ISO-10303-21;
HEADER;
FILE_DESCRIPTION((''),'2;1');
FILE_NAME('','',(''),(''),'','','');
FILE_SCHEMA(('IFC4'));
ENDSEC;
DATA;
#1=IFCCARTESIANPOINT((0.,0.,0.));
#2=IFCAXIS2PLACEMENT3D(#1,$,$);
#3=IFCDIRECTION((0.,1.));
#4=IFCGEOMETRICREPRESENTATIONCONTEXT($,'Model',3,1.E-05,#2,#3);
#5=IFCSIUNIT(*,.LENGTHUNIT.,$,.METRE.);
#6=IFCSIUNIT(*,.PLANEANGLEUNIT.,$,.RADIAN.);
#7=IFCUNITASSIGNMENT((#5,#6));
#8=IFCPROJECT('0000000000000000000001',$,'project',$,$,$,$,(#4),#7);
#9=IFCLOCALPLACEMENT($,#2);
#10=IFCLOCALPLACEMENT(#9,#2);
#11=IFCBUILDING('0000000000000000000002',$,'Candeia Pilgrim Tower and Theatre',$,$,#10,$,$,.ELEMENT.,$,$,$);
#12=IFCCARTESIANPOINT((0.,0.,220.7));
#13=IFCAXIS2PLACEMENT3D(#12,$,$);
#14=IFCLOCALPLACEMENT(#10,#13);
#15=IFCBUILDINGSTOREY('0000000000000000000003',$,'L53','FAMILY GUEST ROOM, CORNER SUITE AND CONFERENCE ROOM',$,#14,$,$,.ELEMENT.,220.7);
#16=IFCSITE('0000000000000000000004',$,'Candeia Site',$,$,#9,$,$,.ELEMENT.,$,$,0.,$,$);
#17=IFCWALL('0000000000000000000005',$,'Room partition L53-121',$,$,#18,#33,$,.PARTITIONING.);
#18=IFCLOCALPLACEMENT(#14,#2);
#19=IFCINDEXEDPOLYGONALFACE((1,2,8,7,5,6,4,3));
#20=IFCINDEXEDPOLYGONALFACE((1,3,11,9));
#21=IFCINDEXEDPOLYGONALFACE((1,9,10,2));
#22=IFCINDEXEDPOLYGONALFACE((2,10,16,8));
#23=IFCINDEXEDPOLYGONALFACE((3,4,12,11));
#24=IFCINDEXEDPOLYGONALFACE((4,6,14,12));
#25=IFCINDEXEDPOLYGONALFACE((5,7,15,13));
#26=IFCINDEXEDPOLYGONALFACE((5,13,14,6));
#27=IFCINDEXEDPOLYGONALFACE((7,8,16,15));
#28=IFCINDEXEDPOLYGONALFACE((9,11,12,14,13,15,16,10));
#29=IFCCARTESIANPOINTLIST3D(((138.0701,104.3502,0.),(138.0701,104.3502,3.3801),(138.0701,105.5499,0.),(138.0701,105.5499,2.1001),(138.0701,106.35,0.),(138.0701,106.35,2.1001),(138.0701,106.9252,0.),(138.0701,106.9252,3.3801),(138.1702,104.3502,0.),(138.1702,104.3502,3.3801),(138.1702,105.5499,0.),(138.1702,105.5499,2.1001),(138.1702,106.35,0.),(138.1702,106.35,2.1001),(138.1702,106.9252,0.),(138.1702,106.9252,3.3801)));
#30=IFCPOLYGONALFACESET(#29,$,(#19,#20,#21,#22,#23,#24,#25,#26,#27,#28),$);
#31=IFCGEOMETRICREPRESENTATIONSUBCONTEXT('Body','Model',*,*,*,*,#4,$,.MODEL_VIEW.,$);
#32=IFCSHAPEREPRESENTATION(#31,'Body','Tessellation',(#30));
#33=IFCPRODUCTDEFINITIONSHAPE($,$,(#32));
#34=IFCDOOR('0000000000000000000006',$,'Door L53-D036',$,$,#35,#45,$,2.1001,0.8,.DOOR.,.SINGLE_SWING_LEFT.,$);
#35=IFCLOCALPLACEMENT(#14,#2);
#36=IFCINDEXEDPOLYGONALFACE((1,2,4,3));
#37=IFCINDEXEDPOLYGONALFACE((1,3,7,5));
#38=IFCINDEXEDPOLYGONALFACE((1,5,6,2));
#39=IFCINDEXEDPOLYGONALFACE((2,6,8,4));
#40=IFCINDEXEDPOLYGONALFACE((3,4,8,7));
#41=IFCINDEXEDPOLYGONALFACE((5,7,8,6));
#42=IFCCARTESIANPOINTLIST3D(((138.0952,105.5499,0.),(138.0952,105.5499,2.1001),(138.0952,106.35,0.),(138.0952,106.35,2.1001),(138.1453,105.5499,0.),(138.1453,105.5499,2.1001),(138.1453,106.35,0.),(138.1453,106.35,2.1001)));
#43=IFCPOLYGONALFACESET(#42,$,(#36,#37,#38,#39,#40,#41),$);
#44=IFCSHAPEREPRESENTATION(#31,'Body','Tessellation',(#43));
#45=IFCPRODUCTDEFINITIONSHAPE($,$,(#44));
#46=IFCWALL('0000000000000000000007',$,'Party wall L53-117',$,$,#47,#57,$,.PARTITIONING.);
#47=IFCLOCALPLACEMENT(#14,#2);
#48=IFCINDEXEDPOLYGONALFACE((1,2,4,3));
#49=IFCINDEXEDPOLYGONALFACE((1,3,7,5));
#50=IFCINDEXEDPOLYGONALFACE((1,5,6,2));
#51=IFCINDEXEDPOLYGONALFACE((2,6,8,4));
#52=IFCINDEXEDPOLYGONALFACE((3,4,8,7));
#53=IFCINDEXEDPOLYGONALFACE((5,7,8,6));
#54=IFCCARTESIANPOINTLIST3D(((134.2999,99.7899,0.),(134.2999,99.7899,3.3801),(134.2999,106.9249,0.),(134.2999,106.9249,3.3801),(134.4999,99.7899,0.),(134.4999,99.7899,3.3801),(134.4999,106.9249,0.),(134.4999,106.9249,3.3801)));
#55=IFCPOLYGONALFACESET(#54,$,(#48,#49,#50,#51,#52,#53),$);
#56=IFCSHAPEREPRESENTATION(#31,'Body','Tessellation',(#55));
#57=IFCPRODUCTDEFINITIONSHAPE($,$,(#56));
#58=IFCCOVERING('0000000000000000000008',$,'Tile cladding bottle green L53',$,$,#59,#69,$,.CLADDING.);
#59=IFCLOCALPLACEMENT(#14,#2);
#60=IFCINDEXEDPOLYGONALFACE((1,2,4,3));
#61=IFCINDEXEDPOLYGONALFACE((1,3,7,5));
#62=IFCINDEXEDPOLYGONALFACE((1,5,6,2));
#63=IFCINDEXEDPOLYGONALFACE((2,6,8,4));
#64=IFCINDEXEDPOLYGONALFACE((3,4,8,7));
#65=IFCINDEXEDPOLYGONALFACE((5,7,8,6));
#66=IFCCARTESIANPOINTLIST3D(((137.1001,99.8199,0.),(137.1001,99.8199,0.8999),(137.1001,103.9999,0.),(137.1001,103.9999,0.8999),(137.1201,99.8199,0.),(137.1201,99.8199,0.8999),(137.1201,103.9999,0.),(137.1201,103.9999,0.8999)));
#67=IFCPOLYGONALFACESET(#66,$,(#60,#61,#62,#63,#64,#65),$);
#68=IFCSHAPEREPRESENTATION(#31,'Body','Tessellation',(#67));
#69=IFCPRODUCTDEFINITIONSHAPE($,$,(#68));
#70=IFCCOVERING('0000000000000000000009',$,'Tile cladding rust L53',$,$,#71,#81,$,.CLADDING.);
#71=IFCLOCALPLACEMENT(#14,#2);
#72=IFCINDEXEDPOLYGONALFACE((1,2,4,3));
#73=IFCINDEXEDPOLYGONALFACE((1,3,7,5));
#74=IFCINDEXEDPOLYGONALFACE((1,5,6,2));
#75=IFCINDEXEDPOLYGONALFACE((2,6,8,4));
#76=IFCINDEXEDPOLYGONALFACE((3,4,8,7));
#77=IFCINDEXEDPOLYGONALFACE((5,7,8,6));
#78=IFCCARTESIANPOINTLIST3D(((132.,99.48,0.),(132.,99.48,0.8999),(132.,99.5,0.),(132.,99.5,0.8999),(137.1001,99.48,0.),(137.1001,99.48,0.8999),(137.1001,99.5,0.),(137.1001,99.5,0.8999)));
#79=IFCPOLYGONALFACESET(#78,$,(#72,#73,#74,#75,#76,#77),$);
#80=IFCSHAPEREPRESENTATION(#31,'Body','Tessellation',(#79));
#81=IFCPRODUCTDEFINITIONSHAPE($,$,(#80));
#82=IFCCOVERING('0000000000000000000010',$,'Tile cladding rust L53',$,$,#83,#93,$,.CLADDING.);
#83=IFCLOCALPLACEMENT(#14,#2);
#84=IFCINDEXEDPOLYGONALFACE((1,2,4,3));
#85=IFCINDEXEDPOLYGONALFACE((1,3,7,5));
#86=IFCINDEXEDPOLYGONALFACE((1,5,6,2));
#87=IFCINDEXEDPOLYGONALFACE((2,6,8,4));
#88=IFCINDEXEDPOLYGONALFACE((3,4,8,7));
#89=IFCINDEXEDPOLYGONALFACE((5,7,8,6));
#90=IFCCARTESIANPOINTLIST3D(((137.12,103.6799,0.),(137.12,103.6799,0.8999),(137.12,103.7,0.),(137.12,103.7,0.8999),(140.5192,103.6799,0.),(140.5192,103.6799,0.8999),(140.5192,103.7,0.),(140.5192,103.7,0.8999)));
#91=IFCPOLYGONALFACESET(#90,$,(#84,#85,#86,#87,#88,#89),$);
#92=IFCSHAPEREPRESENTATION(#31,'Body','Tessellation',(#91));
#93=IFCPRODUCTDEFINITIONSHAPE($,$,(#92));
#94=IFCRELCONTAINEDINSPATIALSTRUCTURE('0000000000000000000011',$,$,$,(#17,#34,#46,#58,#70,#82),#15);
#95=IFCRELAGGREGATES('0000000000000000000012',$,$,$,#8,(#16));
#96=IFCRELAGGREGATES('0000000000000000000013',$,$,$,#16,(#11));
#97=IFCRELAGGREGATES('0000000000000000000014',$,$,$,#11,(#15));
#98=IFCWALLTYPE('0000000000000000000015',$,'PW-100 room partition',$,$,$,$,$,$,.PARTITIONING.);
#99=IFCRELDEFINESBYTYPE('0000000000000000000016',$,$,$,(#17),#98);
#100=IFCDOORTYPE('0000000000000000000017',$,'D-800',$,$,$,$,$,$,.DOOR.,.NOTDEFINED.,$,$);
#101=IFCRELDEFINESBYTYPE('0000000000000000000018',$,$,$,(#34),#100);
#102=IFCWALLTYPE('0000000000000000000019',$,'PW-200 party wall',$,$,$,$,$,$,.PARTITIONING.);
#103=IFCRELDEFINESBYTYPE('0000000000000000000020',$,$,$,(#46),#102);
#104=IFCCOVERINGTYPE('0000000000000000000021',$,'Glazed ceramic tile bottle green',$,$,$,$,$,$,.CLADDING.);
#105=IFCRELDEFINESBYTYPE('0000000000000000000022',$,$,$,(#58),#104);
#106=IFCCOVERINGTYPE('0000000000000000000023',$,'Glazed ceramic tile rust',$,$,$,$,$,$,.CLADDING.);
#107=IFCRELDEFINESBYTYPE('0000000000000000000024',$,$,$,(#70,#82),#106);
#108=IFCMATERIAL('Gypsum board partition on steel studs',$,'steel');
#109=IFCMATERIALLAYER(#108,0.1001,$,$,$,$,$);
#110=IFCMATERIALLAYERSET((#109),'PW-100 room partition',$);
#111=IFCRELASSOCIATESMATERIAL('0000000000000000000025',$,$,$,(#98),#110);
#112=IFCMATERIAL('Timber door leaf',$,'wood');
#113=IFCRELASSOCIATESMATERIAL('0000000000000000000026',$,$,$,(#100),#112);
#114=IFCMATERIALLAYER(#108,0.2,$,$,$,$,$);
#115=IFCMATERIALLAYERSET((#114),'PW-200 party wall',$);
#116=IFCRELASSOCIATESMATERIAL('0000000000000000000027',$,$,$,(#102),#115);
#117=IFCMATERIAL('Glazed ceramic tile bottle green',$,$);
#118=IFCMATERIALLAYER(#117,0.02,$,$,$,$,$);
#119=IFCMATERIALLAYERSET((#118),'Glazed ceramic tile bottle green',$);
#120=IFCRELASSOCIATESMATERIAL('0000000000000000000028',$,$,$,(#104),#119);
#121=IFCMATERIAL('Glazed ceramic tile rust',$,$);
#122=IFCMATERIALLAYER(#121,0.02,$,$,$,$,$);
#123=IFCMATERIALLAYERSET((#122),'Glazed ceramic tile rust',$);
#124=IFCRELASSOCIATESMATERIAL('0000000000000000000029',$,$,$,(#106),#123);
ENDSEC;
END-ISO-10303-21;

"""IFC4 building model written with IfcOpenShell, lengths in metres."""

from ifc_helpers import new_model, si_unit, direction, frame, frame_2d, origin, origin_2d, place, context, subcontext, project, spatial, rectangle, extrude, material, layer, layer_set, type_object, element, fill, save


model = new_model("IFC4")

# Units and contexts
model_context = context("Model", 3, precision=1e-05, world=origin(), true_north=direction((0.0, 1.0)))
body_context = subcontext(model_context, "Body", "Model", "MODEL_VIEW")
ifc_project = project(units=[si_unit("LENGTHUNIT", "METRE"), si_unit("PLANEANGLEUNIT", "RADIAN")], contexts=[model_context])

# Site, building, storey
site_placement = place(None, origin())
site = spatial("IfcSite", under=ifc_project, at=site_placement, Name="Candeia Site", CompositionType="ELEMENT", RefElevation=0.0)
building_placement = place(site_placement, origin())
building = spatial("IfcBuilding", under=site, at=building_placement, Name="Candeia Pilgrim Tower and Theatre", CompositionType="ELEMENT")
storey_placement = place(building_placement, frame((0.0, 0.0, 220.7)))
storey = spatial("IfcBuildingStorey", under=building, at=storey_placement, Name="L53", Description="FAMILY GUEST ROOM, CORNER SUITE AND CONFERENCE ROOM", CompositionType="ELEMENT", Elevation=220.7)

# Shared definitions
ifc_material_1 = material(Name="Gypsum board partition on steel studs", Category="steel")
ifc_layer_1 = layer(ifc_material_1, 0.1001)
ifc_layer_set_1 = layer_set([ifc_layer_1], Name="PW-100 room partition")
wall_type_1 = type_object("IfcWallType", Name="PW-100 room partition", PredefinedType="PARTITIONING", material=ifc_layer_set_1)

# Wall, opening, door
wall_1_placement = place(storey_placement, frame((138.1201, 104.3501, 0.0), z_axis=(0.0, 0.0, 1.0), x_axis=(0.0, 1.0, 0.0)))
wall_1 = element("IfcWall", 1, at=wall_1_placement, inside=storey, type_object=wall_type_1, Name="Room partition L53-121", PredefinedType="PARTITIONING", context=body_context, shape_type="SweptSolid", body=[
    extrude(rectangle(XDim=2.575, YDim=0.1001, at=frame_2d((1.2876, 0.0))), origin(), (0.0, 0.0, 1.0), 3.3801),
])
opening_1_placement = place(wall_1_placement, frame((1.2, 0.0, 0.0)))
opening_1 = element("IfcOpeningElement", 2, at=opening_1_placement, cuts=wall_1, PredefinedType="OPENING", context=body_context, shape_type="SweptSolid", body=[
    extrude(rectangle(XDim=0.8, YDim=2.1001, at=frame_2d((0.3999, 1.05))), frame((0.0, 0.0601, 0.0), z_axis=(0.0, -1.0, 0.0), x_axis=(1.0, 0.0, 0.0)), (0.0, 0.0, 1.0), 0.1201),
])
ifc_material_2 = material(Name="Timber door leaf", Category="wood")
door_type_1 = type_object("IfcDoorType", Name="D-800", OperationType="NOTDEFINED", PredefinedType="DOOR", material=ifc_material_2)
door_1_placement = place(opening_1_placement, origin())
door_1 = element("IfcDoor", 3, at=door_1_placement, inside=storey, type_object=door_type_1, Name="Door L53-D036", OperationType="SINGLE_SWING_LEFT", OverallHeight=2.1001, OverallWidth=0.8, PredefinedType="DOOR", context=body_context, shape_type="SweptSolid", body=[
    extrude(rectangle(XDim=0.8, YDim=2.1001, at=frame_2d((0.3999, 1.05))), frame((0.0, 0.0249, 0.0), z_axis=(0.0, -1.0, 0.0), x_axis=(1.0, 0.0, 0.0)), (0.0, 0.0, 1.0), 0.05),
])
fill(opening_1, door_1)

# Wall
ifc_layer_2 = layer(ifc_material_1, 0.2)
ifc_layer_set_2 = layer_set([ifc_layer_2], Name="PW-200 party wall")
wall_type_2 = type_object("IfcWallType", Name="PW-200 party wall", PredefinedType="PARTITIONING", material=ifc_layer_set_2)
wall_2_placement = place(storey_placement, frame((134.3999, 99.79, 0.0), z_axis=(0.0, 0.0, 1.0), x_axis=(0.0, 1.0, 0.0)))
element("IfcWall", 4, at=wall_2_placement, inside=storey, type_object=wall_type_2, Name="Party wall L53-117", PredefinedType="PARTITIONING", context=body_context, shape_type="SweptSolid", body=[
    extrude(rectangle(XDim=7.135, YDim=0.2, at=frame_2d((3.5674, 0.0))), origin(), (0.0, 0.0, 1.0), 3.3801),
])

# Coverings
ifc_material_3 = material(Name="Glazed ceramic tile bottle green")
ifc_layer_3 = layer(ifc_material_3, 0.02)
ifc_layer_set_3 = layer_set([ifc_layer_3], Name="Glazed ceramic tile bottle green")
covering_type_1 = type_object("IfcCoveringType", Name="Glazed ceramic tile bottle green", PredefinedType="CLADDING", material=ifc_layer_set_3)
covering_1_placement = place(storey_placement, frame((137.1101, 101.9099, 0.0), z_axis=(0.0, 0.0, 1.0), x_axis=(0.0, 1.0, 0.0)))
element("IfcCovering", 5, at=covering_1_placement, inside=storey, type_object=covering_type_1, Name="Tile cladding bottle green L53", PredefinedType="CLADDING", context=body_context, shape_type="SweptSolid", body=[
    extrude(rectangle(XDim=4.1799, YDim=0.02, at=origin_2d()), origin(), (0.0, 0.0, 1.0), 0.8999),
])
ifc_material_4 = material(Name="Glazed ceramic tile rust")
ifc_layer_4 = layer(ifc_material_4, 0.02)
ifc_layer_set_4 = layer_set([ifc_layer_4], Name="Glazed ceramic tile rust")
covering_type_2 = type_object("IfcCoveringType", Name="Glazed ceramic tile rust", PredefinedType="CLADDING", material=ifc_layer_set_4)
covering_2_placement = place(storey_placement, frame((134.55, 99.49, 0.0), z_axis=(0.0, 0.0, 1.0), x_axis=(1.0, 0.0, 0.0)))
element("IfcCovering", 6, at=covering_2_placement, inside=storey, type_object=covering_type_2, Name="Tile cladding rust L53", PredefinedType="CLADDING", context=body_context, shape_type="SweptSolid", body=[
    extrude(rectangle(XDim=5.1001, YDim=0.02, at=origin_2d()), origin(), (0.0, 0.0, 1.0), 0.8999),
])
covering_3_placement = place(storey_placement, frame((138.8196, 103.6899, 0.0), z_axis=(0.0, 0.0, 1.0), x_axis=(1.0, 0.0, 0.0)))
element("IfcCovering", 7, at=covering_3_placement, inside=storey, type_object=covering_type_2, Name="Tile cladding rust L53", PredefinedType="CLADDING", context=body_context, shape_type="SweptSolid", body=[
    extrude(rectangle(XDim=3.3992, YDim=0.02, at=origin_2d()), origin(), (0.0, 0.0, 1.0), 0.8999),
])

save(model, "model.ifc")
